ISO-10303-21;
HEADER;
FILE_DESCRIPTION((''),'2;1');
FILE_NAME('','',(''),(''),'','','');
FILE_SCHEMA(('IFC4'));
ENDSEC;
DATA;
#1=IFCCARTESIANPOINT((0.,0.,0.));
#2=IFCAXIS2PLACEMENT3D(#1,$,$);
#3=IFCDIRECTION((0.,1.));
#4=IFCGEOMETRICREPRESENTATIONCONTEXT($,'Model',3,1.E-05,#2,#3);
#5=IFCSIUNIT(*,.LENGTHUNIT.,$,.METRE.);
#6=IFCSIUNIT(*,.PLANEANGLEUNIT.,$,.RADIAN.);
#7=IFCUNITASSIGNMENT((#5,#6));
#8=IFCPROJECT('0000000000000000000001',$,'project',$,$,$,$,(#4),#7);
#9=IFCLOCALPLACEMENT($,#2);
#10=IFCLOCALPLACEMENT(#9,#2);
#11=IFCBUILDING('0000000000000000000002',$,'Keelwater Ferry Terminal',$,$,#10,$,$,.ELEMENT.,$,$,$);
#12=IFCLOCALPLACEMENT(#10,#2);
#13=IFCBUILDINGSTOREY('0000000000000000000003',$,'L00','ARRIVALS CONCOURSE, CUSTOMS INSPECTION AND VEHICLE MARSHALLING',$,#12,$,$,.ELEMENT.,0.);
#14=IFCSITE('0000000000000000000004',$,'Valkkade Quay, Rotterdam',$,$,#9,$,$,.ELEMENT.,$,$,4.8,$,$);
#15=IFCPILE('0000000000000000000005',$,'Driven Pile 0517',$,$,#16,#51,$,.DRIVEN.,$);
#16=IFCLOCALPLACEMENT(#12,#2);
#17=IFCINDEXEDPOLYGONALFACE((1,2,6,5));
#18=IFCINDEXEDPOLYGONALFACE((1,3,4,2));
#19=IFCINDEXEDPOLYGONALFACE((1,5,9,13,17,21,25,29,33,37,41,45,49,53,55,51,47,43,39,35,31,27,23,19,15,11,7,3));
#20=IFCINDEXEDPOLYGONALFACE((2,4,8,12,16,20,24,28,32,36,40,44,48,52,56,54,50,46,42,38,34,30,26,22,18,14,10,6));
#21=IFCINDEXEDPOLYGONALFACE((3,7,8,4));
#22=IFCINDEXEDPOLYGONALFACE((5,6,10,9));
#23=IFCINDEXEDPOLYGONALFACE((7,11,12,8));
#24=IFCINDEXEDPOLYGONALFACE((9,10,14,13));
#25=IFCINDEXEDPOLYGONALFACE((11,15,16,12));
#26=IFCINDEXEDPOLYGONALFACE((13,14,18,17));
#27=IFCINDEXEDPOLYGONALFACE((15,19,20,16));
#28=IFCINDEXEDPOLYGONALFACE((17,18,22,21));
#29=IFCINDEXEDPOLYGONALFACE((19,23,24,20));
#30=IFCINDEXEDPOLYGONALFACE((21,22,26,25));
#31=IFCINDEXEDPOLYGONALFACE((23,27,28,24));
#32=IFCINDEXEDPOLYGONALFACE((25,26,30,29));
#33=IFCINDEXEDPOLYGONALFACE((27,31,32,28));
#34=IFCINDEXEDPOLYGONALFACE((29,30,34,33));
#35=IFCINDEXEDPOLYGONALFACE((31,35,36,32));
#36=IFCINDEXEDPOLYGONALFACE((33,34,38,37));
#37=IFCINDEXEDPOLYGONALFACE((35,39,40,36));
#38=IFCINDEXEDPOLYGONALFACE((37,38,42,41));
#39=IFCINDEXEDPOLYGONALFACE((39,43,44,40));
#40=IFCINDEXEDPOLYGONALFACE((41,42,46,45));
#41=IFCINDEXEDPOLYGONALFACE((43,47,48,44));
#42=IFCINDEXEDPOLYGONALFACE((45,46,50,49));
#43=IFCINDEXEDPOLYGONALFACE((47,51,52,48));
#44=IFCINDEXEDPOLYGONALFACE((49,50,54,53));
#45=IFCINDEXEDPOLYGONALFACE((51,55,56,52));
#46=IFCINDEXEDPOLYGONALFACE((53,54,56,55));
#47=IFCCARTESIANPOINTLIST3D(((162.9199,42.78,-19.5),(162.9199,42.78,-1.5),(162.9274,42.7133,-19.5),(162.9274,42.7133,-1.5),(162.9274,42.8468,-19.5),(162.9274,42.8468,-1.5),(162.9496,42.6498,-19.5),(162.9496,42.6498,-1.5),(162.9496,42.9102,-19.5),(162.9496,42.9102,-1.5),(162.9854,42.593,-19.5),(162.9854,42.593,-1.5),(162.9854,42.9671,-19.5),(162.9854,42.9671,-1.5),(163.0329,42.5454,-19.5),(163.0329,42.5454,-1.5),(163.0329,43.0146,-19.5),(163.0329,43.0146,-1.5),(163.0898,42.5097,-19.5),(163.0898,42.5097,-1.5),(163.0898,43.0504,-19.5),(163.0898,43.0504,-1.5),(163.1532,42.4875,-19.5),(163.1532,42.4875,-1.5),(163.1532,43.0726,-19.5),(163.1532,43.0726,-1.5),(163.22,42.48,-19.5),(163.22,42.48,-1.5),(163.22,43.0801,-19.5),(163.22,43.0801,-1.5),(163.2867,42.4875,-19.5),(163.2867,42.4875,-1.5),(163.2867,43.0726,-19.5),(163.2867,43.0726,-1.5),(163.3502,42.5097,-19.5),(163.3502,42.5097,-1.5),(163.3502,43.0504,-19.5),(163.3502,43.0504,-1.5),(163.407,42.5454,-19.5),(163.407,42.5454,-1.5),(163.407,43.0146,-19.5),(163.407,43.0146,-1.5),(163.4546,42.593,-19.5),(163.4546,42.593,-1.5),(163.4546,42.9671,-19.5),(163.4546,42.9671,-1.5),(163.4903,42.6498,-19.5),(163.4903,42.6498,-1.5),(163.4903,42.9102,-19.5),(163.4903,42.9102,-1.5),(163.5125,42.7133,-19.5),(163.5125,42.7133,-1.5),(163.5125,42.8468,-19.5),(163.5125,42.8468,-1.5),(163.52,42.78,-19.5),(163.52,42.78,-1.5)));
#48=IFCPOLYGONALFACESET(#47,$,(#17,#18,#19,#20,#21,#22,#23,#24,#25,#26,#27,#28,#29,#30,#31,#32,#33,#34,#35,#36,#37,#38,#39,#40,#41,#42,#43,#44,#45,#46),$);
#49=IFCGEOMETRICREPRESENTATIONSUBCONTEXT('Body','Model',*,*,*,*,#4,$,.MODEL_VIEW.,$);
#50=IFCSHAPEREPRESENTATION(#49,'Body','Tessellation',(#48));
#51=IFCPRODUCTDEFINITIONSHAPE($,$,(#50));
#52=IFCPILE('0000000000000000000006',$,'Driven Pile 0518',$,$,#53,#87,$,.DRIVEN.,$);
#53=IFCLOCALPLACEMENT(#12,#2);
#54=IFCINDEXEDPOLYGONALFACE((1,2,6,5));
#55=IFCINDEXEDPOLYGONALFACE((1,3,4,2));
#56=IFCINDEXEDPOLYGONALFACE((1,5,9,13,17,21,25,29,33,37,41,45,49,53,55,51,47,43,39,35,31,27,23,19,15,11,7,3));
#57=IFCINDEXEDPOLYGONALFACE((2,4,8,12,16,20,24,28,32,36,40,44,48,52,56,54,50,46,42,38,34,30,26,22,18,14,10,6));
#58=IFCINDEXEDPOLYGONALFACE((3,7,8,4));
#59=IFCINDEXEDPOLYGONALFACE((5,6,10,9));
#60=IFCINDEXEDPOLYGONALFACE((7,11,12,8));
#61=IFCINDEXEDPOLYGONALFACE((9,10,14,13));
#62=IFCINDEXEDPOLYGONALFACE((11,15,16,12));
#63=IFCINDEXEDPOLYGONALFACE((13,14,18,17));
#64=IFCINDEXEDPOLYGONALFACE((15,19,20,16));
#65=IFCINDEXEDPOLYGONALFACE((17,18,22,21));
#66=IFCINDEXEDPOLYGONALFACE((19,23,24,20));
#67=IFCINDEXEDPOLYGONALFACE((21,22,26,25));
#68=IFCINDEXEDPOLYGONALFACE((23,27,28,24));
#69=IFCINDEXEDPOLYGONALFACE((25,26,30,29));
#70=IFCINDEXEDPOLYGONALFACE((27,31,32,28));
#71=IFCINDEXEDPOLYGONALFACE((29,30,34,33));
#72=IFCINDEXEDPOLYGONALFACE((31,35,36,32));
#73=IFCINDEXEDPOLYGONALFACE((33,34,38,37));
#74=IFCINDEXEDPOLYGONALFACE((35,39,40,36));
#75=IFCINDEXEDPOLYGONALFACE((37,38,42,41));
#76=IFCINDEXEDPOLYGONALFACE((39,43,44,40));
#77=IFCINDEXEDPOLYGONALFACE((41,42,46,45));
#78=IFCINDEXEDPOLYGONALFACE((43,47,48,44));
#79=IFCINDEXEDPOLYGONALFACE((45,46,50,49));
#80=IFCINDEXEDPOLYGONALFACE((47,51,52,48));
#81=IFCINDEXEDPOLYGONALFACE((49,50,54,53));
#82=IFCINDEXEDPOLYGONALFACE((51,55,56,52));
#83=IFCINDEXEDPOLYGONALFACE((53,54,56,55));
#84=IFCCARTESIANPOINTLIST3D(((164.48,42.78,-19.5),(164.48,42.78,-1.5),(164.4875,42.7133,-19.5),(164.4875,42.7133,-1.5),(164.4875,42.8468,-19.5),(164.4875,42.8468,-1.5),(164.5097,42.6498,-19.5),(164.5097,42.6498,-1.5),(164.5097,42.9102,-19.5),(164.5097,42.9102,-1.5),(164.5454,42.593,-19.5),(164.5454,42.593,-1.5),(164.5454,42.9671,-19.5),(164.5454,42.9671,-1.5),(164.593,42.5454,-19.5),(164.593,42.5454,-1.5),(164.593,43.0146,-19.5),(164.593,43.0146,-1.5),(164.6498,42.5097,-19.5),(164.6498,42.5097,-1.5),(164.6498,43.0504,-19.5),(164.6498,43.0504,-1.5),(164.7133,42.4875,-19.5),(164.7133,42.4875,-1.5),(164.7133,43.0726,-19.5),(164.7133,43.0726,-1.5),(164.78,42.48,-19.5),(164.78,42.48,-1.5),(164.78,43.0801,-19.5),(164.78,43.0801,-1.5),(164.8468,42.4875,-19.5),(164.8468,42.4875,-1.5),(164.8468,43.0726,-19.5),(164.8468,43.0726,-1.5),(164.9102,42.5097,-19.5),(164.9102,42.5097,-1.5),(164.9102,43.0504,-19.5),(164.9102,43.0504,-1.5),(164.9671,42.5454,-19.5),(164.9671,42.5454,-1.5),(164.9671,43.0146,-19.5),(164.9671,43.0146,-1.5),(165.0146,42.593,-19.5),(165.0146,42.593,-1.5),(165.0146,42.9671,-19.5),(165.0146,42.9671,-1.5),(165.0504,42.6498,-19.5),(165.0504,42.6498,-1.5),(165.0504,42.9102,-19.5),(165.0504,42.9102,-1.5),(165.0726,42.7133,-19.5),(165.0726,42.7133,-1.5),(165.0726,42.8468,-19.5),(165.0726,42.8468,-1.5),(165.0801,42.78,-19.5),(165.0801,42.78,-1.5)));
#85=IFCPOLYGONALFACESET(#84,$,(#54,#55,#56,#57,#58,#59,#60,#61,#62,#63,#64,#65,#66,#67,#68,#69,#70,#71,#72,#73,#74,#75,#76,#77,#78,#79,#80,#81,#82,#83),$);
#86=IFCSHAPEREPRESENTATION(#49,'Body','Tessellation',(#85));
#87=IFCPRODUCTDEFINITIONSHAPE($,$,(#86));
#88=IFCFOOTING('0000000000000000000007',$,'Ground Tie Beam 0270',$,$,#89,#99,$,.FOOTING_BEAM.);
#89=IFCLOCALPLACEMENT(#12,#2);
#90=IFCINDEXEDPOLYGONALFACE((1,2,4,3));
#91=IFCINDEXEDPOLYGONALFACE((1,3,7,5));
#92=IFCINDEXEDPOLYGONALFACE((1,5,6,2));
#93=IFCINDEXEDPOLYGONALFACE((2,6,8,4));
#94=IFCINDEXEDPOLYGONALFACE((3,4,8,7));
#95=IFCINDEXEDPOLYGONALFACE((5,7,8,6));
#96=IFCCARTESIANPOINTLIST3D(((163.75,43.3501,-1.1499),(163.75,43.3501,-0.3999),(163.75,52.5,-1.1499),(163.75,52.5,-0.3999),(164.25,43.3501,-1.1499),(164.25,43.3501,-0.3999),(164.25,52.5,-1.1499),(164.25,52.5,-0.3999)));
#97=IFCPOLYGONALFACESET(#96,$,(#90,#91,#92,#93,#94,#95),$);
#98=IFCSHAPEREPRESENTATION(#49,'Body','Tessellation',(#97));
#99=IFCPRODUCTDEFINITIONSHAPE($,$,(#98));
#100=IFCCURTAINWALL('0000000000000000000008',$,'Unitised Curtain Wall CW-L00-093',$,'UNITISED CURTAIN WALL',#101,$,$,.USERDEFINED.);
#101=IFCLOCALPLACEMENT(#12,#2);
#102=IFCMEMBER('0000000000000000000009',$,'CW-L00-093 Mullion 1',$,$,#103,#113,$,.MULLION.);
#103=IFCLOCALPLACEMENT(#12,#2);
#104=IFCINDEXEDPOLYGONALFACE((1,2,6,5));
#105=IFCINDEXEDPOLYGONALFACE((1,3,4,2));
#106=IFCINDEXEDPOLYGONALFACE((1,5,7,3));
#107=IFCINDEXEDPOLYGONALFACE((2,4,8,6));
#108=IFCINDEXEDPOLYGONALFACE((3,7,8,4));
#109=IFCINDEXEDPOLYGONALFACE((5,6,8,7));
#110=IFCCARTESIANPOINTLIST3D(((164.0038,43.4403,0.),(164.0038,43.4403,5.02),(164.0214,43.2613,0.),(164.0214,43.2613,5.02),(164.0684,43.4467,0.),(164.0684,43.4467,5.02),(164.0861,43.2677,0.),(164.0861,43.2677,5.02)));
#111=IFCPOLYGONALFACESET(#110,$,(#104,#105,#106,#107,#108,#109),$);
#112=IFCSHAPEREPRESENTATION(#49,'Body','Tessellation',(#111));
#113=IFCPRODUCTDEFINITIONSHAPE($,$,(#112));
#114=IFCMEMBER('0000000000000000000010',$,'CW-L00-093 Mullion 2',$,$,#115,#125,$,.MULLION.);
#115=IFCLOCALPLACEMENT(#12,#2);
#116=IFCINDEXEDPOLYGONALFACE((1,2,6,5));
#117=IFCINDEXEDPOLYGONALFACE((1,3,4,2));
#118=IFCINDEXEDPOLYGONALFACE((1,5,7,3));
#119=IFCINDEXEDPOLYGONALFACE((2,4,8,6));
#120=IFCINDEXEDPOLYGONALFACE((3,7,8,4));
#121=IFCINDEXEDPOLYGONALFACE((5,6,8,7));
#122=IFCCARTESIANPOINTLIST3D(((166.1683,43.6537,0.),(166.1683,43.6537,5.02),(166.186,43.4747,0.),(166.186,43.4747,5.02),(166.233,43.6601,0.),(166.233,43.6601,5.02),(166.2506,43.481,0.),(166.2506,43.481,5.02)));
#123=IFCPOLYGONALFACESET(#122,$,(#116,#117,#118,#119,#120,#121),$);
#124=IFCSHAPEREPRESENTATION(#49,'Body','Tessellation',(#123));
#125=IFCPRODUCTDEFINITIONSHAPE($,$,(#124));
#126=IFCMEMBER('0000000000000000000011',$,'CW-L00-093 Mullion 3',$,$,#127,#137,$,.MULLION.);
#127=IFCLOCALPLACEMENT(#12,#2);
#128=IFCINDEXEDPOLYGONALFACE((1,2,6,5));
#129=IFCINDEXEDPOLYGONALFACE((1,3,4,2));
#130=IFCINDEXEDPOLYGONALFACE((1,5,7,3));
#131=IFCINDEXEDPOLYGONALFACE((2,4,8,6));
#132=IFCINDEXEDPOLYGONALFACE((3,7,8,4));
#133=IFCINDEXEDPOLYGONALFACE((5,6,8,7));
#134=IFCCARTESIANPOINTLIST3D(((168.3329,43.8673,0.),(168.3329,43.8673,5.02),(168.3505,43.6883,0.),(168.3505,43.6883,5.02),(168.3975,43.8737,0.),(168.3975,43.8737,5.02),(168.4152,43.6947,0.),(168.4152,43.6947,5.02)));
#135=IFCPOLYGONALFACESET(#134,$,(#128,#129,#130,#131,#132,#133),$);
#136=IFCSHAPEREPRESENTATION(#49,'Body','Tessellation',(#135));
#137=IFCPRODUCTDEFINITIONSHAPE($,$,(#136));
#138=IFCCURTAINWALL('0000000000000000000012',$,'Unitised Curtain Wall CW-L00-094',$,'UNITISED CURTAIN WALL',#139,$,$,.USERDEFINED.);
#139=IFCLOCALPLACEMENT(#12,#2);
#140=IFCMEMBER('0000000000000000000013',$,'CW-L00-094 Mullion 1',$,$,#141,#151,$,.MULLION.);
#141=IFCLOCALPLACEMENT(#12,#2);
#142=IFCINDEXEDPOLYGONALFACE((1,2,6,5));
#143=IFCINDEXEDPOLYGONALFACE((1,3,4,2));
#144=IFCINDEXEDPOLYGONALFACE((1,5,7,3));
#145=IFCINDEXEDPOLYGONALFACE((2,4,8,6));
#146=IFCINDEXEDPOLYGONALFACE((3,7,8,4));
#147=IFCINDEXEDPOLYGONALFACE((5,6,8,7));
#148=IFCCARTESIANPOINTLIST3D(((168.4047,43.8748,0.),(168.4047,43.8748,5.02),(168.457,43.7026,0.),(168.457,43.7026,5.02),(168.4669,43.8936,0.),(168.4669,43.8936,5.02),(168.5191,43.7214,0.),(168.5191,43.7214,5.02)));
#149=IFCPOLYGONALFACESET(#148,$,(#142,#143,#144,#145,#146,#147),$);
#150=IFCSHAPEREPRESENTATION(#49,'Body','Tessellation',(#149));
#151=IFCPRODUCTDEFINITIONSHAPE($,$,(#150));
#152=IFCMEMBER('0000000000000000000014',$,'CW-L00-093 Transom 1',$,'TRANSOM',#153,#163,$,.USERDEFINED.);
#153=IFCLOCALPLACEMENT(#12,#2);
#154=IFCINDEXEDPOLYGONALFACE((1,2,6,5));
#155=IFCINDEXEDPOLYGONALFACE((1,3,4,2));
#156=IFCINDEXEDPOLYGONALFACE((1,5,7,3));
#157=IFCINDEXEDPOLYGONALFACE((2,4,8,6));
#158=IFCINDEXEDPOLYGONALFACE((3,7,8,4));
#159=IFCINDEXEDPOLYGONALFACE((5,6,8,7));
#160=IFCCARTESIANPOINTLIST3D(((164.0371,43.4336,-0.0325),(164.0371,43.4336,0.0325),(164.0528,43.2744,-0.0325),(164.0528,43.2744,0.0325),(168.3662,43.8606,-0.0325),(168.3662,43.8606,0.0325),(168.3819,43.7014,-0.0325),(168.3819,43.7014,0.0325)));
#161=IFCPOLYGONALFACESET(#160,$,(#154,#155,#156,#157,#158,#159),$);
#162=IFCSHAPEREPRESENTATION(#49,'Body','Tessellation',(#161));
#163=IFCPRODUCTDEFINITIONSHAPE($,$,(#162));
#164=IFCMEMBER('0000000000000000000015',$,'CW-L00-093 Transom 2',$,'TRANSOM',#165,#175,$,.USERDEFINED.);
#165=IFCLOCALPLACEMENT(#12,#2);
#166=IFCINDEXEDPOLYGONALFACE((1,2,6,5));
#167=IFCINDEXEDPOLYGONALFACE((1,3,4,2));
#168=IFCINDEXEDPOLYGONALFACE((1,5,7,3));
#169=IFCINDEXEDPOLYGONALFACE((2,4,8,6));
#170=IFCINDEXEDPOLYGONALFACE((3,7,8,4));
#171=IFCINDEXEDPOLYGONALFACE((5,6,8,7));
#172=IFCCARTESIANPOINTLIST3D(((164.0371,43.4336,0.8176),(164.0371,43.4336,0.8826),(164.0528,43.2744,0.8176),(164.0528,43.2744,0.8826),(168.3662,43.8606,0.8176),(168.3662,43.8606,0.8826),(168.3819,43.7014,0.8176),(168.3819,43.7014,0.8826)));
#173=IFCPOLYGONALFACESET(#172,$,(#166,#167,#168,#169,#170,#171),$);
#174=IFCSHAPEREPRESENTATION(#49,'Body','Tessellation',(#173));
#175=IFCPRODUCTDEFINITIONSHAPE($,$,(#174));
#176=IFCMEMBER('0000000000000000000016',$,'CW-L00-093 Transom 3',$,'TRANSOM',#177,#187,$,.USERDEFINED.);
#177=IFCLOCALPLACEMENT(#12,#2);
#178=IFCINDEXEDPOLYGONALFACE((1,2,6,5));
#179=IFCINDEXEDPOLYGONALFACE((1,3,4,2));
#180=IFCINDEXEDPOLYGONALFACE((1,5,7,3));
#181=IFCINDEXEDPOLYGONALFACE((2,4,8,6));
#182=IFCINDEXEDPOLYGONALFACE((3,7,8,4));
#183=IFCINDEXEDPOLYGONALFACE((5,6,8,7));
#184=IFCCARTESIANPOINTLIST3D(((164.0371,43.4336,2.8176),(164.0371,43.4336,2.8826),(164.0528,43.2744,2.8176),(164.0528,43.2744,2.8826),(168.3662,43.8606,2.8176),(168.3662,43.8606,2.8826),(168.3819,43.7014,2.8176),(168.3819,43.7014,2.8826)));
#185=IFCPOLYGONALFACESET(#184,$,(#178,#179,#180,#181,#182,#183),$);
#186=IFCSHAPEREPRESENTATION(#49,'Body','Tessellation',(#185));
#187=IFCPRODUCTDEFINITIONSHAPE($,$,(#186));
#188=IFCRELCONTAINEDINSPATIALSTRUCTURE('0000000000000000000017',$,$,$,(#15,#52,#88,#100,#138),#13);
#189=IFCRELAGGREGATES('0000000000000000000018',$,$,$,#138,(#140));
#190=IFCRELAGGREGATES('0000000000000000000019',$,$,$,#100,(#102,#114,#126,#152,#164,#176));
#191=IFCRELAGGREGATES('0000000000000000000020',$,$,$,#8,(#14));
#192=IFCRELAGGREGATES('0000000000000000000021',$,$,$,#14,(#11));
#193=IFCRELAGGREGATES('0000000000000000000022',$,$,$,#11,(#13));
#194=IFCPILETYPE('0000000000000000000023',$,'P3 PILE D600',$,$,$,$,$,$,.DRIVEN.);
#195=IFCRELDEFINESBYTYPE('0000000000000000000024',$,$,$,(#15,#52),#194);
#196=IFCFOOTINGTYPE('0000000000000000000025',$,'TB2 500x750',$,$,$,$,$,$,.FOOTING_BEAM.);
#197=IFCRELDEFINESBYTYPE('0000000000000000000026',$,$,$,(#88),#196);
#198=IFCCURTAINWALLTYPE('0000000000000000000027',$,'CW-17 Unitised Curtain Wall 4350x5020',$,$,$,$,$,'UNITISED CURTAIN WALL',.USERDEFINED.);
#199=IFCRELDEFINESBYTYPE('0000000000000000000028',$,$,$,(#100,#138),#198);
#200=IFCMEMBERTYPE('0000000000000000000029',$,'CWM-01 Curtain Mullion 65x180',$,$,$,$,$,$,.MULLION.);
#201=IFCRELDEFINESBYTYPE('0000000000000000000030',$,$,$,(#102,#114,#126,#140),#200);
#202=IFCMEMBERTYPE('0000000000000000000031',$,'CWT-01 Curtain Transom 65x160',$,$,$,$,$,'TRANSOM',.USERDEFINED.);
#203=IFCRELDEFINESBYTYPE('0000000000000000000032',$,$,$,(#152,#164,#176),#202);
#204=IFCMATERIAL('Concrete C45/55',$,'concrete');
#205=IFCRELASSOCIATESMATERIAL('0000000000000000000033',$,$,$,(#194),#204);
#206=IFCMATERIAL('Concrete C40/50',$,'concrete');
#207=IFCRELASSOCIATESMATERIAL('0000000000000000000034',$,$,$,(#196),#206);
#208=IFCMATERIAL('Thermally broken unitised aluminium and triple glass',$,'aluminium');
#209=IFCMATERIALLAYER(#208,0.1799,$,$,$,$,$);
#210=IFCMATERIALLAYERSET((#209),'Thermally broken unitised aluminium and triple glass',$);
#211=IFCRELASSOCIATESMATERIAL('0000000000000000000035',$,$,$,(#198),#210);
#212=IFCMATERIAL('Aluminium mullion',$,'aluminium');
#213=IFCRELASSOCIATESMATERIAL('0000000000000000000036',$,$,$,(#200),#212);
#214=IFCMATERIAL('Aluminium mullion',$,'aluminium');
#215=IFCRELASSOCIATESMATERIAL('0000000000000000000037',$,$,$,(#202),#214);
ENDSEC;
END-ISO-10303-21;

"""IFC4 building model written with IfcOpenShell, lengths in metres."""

from ifc_helpers import new_model, si_unit, direction, frame, origin, origin_2d, place, context, subcontext, project, spatial, rectangle, circle, extrude, material, layer, layer_set, material_profile, profile_set, type_object, element, aggregate, save


model = new_model("IFC4")

# Units and contexts
model_context = context("Model", 3, precision=1e-05, world=origin(), true_north=direction((0.0, 1.0)))
body_context = subcontext(model_context, "Body", "Model", "MODEL_VIEW")
ifc_project = project(units=[si_unit("LENGTHUNIT", "METRE"), si_unit("PLANEANGLEUNIT", "RADIAN")], contexts=[model_context])

# Site, building, storey
site_placement = place(None, origin())
site = spatial("IfcSite", under=ifc_project, at=site_placement, Name="Valkkade Quay, Rotterdam", CompositionType="ELEMENT", RefElevation=4.8)
building_placement = place(site_placement, origin())
building = spatial("IfcBuilding", under=site, at=building_placement, Name="Keelwater Ferry Terminal", CompositionType="ELEMENT")
storey_placement = place(building_placement, origin())
storey = spatial("IfcBuildingStorey", under=building, at=storey_placement, Name="L00", Description="ARRIVALS CONCOURSE, CUSTOMS INSPECTION AND VEHICLE MARSHALLING", CompositionType="ELEMENT", Elevation=0.0)

# Piles
ifc_material_1 = material(Name="Concrete C45/55", Category="concrete")
ifc_material_profile_1 = material_profile(ifc_material_1, circle(Radius=0.3, at=origin_2d()), Name="PILE D600")
ifc_profile_set_1 = profile_set([ifc_material_profile_1], Name="Concrete C45/55")
pile_type = type_object("IfcPileType", Name="P3 PILE D600", PredefinedType="DRIVEN", material=ifc_profile_set_1)
for number, where, z_axis, x_axis, name in (
    (1, (163.22, 42.78, -1.5), (0.0, 0.0, -1.0), (1.0, 0.0, 0.0), "Driven Pile 0517"),
    (2, (164.78, 42.78, -1.5), (0.0, 0.0, -1.0), (1.0, 0.0, 0.0), "Driven Pile 0518"),
):
    element("IfcPile", number, at=place(storey_placement, frame(where, z_axis=z_axis, x_axis=x_axis)), inside=storey, type_object=pile_type, Name=name, PredefinedType="DRIVEN", context=body_context, shape_type="SweptSolid", body=[
        extrude(circle(Radius=0.3, at=origin_2d()), origin(), (0.0, 0.0, 1.0), 18.0),
    ])

# Footing
ifc_material_2 = material(Name="Concrete C40/50", Category="concrete")
ifc_material_profile_2 = material_profile(ifc_material_2, rectangle(XDim=0.5, YDim=0.75, at=origin_2d()), Name="TB 500x750")
ifc_profile_set_2 = profile_set([ifc_material_profile_2], Name="Concrete C40/50")
footing_type = type_object("IfcFootingType", Name="TB2 500x750", PredefinedType="FOOTING_BEAM", material=ifc_profile_set_2)
footing_placement = place(storey_placement, frame((164.0, 43.3501, -0.7749), z_axis=(0.0, 1.0, 0.0), x_axis=(-1.0, 0.0, 0.0)))
element("IfcFooting", 3, at=footing_placement, inside=storey, type_object=footing_type, Name="Ground Tie Beam 0270", PredefinedType="FOOTING_BEAM", context=body_context, shape_type="SweptSolid", body=[
    extrude(rectangle(XDim=0.5, YDim=0.75, at=origin_2d()), origin(), (0.0, 0.0, 1.0), 9.1499),
])

# Curtain wall, members
ifc_material_3 = material(Name="Thermally broken unitised aluminium and triple glass", Category="aluminium")
ifc_layer_1 = layer(ifc_material_3, 0.1799)
ifc_layer_set_1 = layer_set([ifc_layer_1], Name="Thermally broken unitised aluminium and triple glass")
curtain_wall_type = type_object("IfcCurtainWallType", Name="CW-17 Unitised Curtain Wall 4350x5020", ElementType="UNITISED CURTAIN WALL", PredefinedType="USERDEFINED", material=ifc_layer_set_1)
curtain_wall_1_placement = place(storey_placement, origin())
curtain_wall_1 = element("IfcCurtainWall", 4, at=curtain_wall_1_placement, inside=storey, type_object=curtain_wall_type, Name="Unitised Curtain Wall CW-L00-093", ObjectType="UNITISED CURTAIN WALL", PredefinedType="USERDEFINED")
ifc_material_4 = material(Name="Aluminium mullion", Category="aluminium")
ifc_material_profile_3 = material_profile(ifc_material_4, rectangle(XDim=0.0649, YDim=0.1799, at=origin_2d()), Name="CWM-01")
ifc_profile_set_3 = profile_set([ifc_material_profile_3], Name="Aluminium mullion")
member_type_1 = type_object("IfcMemberType", Name="CWM-01 Curtain Mullion 65x180", PredefinedType="MULLION", material=ifc_profile_set_3)
member_1_placement = place(storey_placement, frame((164.0449, 43.354, 0.0), z_axis=(0.0, 0.0, 1.0), x_axis=(0.995171, 0.098161, 0.0)))
member_1 = element("IfcMember", 5, at=member_1_placement, type_object=member_type_1, Name="CW-L00-093 Mullion 1", PredefinedType="MULLION", context=body_context, shape_type="SweptSolid", body=[
    extrude(rectangle(XDim=0.0649, YDim=0.1799, at=origin_2d()), origin(), (0.0, 0.0, 1.0), 5.02),
])
member_2_placement = place(storey_placement, frame((166.2095, 43.5674, 0.0), z_axis=(0.0, 0.0, 1.0), x_axis=(0.995171, 0.098161, 0.0)))
member_2 = element("IfcMember", 6, at=member_2_placement, type_object=member_type_1, Name="CW-L00-093 Mullion 2", PredefinedType="MULLION", context=body_context, shape_type="SweptSolid", body=[
    extrude(rectangle(XDim=0.0649, YDim=0.1799, at=origin_2d()), origin(), (0.0, 0.0, 1.0), 5.02),
])
member_3_placement = place(storey_placement, frame((168.374, 43.781, 0.0), z_axis=(0.0, 0.0, 1.0), x_axis=(0.995171, 0.098161, 0.0)))
member_3 = element("IfcMember", 7, at=member_3_placement, type_object=member_type_1, Name="CW-L00-093 Mullion 3", PredefinedType="MULLION", context=body_context, shape_type="SweptSolid", body=[
    extrude(rectangle(XDim=0.0649, YDim=0.1799, at=origin_2d()), origin(), (0.0, 0.0, 1.0), 5.02),
])

# Curtain wall, member
curtain_wall_2_placement = place(storey_placement, origin())
curtain_wall_2 = element("IfcCurtainWall", 8, at=curtain_wall_2_placement, inside=storey, type_object=curtain_wall_type, Name="Unitised Curtain Wall CW-L00-094", ObjectType="UNITISED CURTAIN WALL", PredefinedType="USERDEFINED")
member_4_placement = place(storey_placement, frame((168.4619, 43.7981, 0.0), z_axis=(0.0, 0.0, 1.0), x_axis=(0.95693, 0.29032, 0.0)))
member_4 = element("IfcMember", 9, at=member_4_placement, type_object=member_type_1, Name="CW-L00-094 Mullion 1", PredefinedType="MULLION", context=body_context, shape_type="SweptSolid", body=[
    extrude(rectangle(XDim=0.0649, YDim=0.1799, at=origin_2d()), origin(), (0.0, 0.0, 1.0), 5.02),
])

# Members
ifc_material_5 = material(Name="Aluminium mullion", Category="aluminium")
ifc_material_profile_4 = material_profile(ifc_material_5, rectangle(XDim=0.1599, YDim=0.0649, at=origin_2d()), Name="CWT-01")
ifc_profile_set_4 = profile_set([ifc_material_profile_4], Name="Aluminium mullion")
member_type_2 = type_object("IfcMemberType", Name="CWT-01 Curtain Transom 65x160", ElementType="TRANSOM", PredefinedType="USERDEFINED", material=ifc_profile_set_4)
member_5_placement = place(storey_placement, frame((164.0449, 43.354, 0.0), z_axis=(0.995171, 0.098159, 0.0), x_axis=(-0.098159, 0.995171, 0.0)))
member_5 = element("IfcMember", 10, at=member_5_placement, type_object=member_type_2, Name="CW-L00-093 Transom 1", ObjectType="TRANSOM", PredefinedType="USERDEFINED", context=body_context, shape_type="SweptSolid", body=[
    extrude(rectangle(XDim=0.1599, YDim=0.0649, at=origin_2d()), origin(), (0.0, 0.0, 1.0), 4.3501),
])
member_6_placement = place(storey_placement, frame((164.0449, 43.354, 0.8501), z_axis=(0.995171, 0.098159, 0.0), x_axis=(-0.098159, 0.995171, 0.0)))
member_6 = element("IfcMember", 11, at=member_6_placement, type_object=member_type_2, Name="CW-L00-093 Transom 2", ObjectType="TRANSOM", PredefinedType="USERDEFINED", context=body_context, shape_type="SweptSolid", body=[
    extrude(rectangle(XDim=0.1599, YDim=0.0649, at=origin_2d()), origin(), (0.0, 0.0, 1.0), 4.3501),
])
member_7_placement = place(storey_placement, frame((164.0449, 43.354, 2.8501), z_axis=(0.995171, 0.098159, 0.0), x_axis=(-0.098159, 0.995171, 0.0)))
member_7 = element("IfcMember", 12, at=member_7_placement, type_object=member_type_2, Name="CW-L00-093 Transom 3", ObjectType="TRANSOM", PredefinedType="USERDEFINED", context=body_context, shape_type="SweptSolid", body=[
    extrude(rectangle(XDim=0.1599, YDim=0.0649, at=origin_2d()), origin(), (0.0, 0.0, 1.0), 4.3501),
])
aggregate(curtain_wall_2, [member_4])

aggregate(curtain_wall_1, [member_1, member_2, member_3, member_5, member_6, member_7])

save(model, "model.ifc")
